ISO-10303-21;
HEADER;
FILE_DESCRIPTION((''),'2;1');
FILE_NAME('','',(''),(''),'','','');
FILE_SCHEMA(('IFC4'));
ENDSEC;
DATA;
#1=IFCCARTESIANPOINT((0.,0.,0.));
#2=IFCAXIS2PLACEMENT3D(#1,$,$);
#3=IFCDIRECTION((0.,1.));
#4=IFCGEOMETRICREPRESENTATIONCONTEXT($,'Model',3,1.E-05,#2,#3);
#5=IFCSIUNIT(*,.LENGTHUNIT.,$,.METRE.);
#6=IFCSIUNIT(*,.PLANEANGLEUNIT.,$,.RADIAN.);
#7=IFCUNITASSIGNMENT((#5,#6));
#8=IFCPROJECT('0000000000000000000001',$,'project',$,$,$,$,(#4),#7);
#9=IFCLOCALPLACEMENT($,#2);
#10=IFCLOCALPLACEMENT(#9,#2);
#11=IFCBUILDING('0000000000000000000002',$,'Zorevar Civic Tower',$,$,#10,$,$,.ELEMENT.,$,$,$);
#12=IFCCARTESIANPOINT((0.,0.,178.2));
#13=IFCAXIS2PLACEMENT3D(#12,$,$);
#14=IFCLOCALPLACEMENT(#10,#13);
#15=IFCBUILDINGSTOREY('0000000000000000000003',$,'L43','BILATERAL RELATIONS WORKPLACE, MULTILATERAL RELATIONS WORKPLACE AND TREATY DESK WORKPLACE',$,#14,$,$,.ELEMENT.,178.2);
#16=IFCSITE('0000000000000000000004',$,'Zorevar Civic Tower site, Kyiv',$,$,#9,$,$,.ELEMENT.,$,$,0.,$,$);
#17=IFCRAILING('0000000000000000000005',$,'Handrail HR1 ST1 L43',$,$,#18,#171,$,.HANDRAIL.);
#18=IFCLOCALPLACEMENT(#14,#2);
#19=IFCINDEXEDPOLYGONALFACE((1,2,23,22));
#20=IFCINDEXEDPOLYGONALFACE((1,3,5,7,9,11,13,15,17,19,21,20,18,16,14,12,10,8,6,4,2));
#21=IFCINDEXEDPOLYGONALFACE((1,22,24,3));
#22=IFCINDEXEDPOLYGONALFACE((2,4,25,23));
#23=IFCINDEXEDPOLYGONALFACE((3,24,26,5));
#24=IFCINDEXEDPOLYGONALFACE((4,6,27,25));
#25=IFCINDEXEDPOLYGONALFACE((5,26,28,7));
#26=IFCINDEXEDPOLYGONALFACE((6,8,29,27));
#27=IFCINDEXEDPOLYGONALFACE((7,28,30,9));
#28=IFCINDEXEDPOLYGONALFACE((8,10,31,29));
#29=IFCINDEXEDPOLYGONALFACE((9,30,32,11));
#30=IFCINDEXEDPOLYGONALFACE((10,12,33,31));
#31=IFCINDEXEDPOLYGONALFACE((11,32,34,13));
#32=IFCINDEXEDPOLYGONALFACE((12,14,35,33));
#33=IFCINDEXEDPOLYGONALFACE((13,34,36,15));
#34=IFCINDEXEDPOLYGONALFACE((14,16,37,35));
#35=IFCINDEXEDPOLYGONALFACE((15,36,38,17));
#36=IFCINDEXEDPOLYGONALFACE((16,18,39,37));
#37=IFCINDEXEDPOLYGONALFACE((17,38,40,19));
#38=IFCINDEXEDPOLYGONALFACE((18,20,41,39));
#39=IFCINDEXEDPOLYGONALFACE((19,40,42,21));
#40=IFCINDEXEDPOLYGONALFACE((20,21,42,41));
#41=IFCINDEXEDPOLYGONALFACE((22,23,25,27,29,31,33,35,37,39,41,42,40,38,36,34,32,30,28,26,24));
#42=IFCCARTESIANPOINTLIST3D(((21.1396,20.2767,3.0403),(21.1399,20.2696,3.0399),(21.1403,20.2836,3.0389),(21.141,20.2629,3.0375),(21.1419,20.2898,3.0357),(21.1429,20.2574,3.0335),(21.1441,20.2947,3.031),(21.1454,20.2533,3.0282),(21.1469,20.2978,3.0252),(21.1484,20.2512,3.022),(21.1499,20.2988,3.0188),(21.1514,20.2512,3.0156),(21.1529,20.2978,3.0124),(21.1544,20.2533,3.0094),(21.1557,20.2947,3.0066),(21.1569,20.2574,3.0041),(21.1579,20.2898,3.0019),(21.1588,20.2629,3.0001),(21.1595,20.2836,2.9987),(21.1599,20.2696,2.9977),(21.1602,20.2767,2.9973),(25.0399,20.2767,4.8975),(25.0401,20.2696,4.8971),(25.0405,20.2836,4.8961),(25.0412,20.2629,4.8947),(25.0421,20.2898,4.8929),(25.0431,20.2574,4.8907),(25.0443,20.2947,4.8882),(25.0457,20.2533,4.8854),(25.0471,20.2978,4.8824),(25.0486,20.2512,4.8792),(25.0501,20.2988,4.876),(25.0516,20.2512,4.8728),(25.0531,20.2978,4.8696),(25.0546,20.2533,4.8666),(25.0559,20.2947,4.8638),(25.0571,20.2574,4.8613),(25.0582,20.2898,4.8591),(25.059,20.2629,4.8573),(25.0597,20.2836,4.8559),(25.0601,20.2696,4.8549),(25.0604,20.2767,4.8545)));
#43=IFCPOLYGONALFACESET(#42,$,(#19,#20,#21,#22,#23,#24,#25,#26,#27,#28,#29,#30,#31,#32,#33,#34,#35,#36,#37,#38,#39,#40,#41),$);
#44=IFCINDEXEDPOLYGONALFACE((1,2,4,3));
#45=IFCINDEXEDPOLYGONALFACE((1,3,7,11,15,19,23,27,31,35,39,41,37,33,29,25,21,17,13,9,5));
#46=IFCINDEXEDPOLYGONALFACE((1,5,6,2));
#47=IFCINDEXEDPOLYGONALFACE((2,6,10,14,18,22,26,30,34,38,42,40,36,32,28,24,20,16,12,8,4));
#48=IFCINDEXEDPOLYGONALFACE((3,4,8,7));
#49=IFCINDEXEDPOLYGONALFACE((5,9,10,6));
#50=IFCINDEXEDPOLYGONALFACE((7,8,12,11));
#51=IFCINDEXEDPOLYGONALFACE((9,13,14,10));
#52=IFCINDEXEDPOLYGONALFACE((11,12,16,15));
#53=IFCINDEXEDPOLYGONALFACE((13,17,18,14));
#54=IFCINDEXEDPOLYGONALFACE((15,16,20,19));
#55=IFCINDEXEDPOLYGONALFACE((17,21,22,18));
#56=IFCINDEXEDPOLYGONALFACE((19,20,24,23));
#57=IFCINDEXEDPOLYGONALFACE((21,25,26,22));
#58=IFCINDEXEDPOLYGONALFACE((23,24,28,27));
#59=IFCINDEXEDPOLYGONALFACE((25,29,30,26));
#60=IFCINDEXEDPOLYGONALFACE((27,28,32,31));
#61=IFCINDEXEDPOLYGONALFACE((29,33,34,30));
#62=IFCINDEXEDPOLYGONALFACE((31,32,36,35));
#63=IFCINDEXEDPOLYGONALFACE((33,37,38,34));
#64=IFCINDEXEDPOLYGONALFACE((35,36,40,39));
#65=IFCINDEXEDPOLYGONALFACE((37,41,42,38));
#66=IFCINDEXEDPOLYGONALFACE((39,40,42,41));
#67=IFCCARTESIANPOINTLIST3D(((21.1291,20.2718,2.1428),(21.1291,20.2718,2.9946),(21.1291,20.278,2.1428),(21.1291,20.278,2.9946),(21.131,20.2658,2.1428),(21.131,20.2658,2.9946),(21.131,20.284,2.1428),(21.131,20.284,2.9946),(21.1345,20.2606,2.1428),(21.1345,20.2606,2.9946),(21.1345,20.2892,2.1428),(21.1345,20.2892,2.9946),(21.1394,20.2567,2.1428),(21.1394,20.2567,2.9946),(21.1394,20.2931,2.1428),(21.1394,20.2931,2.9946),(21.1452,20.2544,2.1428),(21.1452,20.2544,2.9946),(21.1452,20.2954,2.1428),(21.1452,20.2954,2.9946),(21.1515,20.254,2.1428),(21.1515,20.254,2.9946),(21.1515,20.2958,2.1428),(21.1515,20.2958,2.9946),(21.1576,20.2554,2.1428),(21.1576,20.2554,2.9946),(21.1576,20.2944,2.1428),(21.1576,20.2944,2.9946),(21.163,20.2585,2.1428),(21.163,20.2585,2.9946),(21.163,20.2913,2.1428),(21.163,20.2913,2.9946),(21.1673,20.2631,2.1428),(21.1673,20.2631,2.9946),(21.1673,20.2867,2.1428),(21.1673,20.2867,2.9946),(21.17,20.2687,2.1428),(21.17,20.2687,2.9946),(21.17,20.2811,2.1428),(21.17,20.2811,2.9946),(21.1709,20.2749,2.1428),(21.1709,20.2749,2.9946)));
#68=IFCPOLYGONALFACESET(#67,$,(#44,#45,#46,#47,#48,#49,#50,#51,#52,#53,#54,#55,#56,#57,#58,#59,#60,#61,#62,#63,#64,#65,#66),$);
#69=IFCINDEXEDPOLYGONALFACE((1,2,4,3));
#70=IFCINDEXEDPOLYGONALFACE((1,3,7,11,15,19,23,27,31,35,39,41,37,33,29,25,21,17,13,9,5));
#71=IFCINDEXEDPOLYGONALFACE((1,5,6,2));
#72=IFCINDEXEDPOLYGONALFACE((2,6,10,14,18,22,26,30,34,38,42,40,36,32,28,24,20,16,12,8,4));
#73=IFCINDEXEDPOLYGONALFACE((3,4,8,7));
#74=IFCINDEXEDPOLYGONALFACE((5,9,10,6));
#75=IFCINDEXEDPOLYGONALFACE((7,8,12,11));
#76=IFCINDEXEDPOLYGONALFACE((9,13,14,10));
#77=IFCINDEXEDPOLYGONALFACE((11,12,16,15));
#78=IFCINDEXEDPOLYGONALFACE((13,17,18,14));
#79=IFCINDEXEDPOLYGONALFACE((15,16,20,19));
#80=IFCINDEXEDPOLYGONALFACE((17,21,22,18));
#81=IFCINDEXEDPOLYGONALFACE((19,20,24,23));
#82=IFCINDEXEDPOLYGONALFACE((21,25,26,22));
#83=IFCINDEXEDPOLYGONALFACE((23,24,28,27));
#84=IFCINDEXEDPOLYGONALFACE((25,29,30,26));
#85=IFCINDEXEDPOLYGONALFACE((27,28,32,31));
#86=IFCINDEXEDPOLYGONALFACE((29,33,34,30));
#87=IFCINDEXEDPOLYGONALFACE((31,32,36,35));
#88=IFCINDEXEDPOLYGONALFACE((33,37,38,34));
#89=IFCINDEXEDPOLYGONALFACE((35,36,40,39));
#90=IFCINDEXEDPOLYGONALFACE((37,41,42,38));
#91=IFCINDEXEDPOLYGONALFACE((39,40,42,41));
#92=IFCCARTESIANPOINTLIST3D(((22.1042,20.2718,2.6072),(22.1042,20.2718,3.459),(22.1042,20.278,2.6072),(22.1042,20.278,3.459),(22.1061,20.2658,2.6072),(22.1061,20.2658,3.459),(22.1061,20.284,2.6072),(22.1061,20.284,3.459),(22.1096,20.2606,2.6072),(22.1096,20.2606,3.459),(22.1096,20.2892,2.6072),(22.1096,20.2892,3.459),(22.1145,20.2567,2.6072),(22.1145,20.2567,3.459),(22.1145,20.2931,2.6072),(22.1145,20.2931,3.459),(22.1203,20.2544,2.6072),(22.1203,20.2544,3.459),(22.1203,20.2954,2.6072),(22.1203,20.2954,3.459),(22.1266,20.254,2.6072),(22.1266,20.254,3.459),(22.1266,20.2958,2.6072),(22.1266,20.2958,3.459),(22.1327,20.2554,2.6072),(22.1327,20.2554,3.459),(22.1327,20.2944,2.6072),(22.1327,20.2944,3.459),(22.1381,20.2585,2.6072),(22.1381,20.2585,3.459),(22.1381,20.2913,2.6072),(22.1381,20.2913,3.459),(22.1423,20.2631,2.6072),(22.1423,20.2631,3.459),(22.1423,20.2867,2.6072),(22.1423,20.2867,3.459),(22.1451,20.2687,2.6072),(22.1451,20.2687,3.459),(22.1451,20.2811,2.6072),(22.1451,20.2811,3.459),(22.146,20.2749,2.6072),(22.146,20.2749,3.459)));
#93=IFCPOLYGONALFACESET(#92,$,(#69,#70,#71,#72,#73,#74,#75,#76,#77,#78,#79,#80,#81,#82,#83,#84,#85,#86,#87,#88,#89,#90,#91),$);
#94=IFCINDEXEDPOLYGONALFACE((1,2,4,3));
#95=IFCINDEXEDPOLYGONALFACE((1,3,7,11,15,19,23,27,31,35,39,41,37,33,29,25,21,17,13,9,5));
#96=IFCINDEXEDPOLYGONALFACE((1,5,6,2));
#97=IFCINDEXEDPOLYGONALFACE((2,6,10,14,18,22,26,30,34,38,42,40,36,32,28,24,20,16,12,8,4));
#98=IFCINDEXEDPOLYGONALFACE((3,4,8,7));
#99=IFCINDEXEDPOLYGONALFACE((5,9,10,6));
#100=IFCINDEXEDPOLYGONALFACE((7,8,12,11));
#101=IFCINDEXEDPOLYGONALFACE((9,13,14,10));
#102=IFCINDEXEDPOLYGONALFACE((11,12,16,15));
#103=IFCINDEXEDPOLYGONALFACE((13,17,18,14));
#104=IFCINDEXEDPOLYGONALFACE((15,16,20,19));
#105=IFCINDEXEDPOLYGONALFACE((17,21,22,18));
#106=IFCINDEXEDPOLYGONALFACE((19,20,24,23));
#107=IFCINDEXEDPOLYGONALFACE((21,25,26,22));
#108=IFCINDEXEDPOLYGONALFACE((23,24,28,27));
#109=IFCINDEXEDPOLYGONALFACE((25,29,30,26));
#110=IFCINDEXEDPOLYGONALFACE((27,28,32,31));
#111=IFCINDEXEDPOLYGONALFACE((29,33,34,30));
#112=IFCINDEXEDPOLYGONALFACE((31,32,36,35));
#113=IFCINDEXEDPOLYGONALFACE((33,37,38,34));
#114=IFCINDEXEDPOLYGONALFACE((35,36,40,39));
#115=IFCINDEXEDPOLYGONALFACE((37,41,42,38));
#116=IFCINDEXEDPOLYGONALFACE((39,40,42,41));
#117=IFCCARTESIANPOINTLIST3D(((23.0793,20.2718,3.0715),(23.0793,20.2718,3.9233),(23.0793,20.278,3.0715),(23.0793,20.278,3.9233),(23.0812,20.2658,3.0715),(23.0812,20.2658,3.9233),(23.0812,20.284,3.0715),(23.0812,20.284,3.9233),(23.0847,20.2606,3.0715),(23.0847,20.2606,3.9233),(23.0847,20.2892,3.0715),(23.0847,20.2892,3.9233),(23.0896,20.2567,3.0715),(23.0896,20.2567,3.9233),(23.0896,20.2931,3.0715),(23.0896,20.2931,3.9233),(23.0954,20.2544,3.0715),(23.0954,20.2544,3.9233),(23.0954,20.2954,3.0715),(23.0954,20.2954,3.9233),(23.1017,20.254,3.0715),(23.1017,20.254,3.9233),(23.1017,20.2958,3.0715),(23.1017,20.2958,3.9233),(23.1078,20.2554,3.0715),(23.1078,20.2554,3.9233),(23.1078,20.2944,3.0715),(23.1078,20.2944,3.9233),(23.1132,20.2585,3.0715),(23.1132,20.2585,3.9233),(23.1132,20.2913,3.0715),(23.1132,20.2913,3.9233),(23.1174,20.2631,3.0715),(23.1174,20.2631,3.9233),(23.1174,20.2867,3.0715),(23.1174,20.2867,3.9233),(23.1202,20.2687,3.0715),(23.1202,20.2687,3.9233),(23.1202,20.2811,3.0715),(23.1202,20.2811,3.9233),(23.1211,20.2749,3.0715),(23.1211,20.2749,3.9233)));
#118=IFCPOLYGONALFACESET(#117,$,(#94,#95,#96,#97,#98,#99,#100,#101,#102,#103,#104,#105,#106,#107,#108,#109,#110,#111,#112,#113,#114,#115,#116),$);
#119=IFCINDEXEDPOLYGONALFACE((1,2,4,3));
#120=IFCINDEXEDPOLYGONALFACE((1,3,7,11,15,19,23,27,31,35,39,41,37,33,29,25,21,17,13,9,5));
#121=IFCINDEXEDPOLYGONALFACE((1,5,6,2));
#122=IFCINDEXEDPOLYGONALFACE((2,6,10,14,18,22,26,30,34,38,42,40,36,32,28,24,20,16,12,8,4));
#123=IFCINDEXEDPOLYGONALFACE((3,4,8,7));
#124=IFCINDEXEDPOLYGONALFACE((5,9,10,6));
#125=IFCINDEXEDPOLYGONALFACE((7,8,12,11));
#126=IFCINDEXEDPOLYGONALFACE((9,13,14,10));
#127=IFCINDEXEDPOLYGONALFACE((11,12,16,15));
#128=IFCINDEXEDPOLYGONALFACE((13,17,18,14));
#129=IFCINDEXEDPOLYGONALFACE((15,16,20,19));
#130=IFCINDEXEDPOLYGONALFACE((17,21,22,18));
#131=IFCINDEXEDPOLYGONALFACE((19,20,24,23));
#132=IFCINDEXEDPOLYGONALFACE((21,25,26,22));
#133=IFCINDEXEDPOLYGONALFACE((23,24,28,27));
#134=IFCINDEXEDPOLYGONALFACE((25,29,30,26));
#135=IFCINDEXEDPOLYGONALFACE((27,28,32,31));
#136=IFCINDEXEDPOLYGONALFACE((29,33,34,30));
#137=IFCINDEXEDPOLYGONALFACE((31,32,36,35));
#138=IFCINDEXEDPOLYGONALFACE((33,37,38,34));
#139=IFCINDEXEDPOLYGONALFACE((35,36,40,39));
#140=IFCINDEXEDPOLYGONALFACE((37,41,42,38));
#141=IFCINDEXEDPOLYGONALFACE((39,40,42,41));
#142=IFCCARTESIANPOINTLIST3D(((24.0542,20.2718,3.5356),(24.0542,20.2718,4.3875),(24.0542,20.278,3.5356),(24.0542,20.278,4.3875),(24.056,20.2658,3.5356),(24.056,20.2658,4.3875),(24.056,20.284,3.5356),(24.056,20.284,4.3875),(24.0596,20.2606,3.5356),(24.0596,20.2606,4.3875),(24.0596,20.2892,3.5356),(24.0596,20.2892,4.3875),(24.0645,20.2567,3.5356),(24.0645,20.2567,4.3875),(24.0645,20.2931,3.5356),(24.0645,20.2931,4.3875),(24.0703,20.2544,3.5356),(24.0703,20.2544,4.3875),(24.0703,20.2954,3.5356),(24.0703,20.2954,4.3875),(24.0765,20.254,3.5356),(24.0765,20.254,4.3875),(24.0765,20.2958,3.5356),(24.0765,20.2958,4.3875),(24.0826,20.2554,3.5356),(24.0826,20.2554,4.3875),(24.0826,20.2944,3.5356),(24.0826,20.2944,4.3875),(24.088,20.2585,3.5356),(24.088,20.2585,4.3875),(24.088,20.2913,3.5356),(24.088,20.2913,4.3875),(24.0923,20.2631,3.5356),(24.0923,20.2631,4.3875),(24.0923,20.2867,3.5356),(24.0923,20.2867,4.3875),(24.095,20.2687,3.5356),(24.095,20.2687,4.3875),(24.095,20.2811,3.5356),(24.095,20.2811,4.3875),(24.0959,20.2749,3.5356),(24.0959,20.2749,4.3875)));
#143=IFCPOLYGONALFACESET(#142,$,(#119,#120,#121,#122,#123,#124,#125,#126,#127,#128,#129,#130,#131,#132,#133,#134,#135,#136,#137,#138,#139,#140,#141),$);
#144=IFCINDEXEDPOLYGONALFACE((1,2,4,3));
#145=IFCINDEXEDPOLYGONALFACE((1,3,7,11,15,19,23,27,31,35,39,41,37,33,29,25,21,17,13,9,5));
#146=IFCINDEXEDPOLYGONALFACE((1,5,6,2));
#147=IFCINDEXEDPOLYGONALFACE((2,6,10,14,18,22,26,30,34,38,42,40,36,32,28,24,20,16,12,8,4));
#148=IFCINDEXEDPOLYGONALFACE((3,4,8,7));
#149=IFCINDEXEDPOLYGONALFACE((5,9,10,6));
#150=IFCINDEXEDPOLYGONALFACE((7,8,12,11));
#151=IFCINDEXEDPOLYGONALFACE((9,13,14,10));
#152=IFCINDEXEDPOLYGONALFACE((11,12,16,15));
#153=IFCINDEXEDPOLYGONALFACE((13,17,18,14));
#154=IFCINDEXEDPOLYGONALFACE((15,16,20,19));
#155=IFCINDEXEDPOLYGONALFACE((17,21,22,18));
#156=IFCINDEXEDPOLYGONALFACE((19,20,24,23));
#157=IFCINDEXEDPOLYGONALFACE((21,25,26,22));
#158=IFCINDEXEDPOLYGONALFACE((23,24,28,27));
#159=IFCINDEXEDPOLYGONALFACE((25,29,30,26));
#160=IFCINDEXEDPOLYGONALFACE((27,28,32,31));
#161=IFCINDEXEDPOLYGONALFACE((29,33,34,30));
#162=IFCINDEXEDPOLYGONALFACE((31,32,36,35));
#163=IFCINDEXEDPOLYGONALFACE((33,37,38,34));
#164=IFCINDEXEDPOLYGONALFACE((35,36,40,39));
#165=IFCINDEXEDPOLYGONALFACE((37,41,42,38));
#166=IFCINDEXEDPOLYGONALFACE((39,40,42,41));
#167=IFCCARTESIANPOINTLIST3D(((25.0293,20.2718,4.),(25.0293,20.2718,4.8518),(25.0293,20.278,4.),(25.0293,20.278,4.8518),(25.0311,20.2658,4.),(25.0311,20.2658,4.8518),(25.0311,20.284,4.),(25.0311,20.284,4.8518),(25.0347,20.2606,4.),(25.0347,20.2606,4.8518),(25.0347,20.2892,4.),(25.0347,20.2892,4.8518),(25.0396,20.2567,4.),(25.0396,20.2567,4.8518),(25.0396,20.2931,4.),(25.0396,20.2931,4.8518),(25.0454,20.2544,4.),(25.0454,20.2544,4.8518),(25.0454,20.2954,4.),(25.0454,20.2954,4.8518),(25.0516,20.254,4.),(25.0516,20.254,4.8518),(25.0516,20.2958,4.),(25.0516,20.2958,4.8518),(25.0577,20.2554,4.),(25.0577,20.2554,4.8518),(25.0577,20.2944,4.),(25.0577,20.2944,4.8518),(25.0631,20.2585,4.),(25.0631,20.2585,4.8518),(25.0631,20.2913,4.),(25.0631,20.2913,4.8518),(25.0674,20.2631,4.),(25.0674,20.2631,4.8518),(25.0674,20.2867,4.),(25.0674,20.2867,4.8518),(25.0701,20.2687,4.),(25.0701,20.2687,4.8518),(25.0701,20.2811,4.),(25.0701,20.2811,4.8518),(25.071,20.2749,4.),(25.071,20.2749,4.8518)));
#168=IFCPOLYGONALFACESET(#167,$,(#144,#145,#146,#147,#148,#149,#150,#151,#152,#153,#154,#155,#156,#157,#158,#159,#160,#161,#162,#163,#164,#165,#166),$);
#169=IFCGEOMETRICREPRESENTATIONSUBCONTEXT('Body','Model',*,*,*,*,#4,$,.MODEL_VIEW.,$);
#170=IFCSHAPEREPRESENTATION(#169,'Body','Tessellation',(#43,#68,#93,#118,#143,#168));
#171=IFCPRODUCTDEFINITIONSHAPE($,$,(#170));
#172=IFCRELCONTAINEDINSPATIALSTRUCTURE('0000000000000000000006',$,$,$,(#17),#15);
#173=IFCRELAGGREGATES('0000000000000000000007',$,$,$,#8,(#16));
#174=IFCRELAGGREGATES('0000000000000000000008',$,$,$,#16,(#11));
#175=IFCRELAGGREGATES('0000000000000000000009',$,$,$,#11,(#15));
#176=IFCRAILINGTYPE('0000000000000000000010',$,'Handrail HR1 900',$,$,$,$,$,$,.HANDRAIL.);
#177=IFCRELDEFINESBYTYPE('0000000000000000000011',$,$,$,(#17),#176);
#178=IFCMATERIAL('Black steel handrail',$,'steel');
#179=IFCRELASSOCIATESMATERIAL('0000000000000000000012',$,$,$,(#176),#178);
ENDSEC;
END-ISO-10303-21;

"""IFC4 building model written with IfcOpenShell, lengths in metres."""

from ifc_helpers import new_model, si_unit, direction, frame, origin, origin_2d, place, context, subcontext, project, spatial, circle, extrude, material, type_object, element, save


model = new_model("IFC4")

# Units and contexts
model_context = context("Model", 3, precision=1e-05, world=origin(), true_north=direction((0.0, 1.0)))
body_context = subcontext(model_context, "Body", "Model", "MODEL_VIEW")
ifc_project = project(units=[si_unit("LENGTHUNIT", "METRE"), si_unit("PLANEANGLEUNIT", "RADIAN")], contexts=[model_context])

# Site, building, storey
site_placement = place(None, origin())
site = spatial("IfcSite", under=ifc_project, at=site_placement, Name="Zorevar Civic Tower site, Kyiv", CompositionType="ELEMENT", RefElevation=0.0)
building_placement = place(site_placement, origin())
building = spatial("IfcBuilding", under=site, at=building_placement, Name="Zorevar Civic Tower", CompositionType="ELEMENT")
storey_placement = place(building_placement, frame((0.0, 0.0, 178.2)))
storey = spatial("IfcBuildingStorey", under=building, at=storey_placement, Name="L43", Description="BILATERAL RELATIONS WORKPLACE, MULTILATERAL RELATIONS WORKPLACE AND TREATY DESK WORKPLACE", CompositionType="ELEMENT", Elevation=178.2)

# Railing
ifc_material_1 = material(Name="Black steel handrail", Category="steel")
railing_type = type_object("IfcRailingType", Name="Handrail HR1 900", PredefinedType="HANDRAIL", material=ifc_material_1)
for number, where, name in (
    (1, (21.1499, 20.2749, 2.1428), "Handrail HR1 ST1 L43"),
):
    element("IfcRailing", number, at=place(storey_placement, frame(where)), inside=storey, type_object=railing_type, Name=name, PredefinedType="HANDRAIL", context=body_context, shape_type="SweptSolid", body=[
        extrude(circle(Radius=0.0239, at=origin_2d()), frame((0.0, 0.0, 0.876), z_axis=(0.902864, 0.0, 0.429927), x_axis=(0.0, 1.0, 0.0)), (0.0, 0.0, 1.0), 4.3198),
        extrude(circle(Radius=0.021, at=origin_2d()), origin(), (0.0, 0.0, 1.0), 0.8518),
        extrude(circle(Radius=0.021, at=origin_2d()), frame((0.9751, 0.0, 0.4644)), (0.0, 0.0, 1.0), 0.8518),
        extrude(circle(Radius=0.021, at=origin_2d()), frame((1.9502, 0.0, 0.9287)), (0.0, 0.0, 1.0), 0.8518),
        extrude(circle(Radius=0.021, at=origin_2d()), frame((2.925, 0.0, 1.3928)), (0.0, 0.0, 1.0), 0.8518),
        extrude(circle(Radius=0.021, at=origin_2d()), frame((3.9001, 0.0, 1.8572)), (0.0, 0.0, 1.0), 0.8518),
    ])

save(model, "model.ifc")
